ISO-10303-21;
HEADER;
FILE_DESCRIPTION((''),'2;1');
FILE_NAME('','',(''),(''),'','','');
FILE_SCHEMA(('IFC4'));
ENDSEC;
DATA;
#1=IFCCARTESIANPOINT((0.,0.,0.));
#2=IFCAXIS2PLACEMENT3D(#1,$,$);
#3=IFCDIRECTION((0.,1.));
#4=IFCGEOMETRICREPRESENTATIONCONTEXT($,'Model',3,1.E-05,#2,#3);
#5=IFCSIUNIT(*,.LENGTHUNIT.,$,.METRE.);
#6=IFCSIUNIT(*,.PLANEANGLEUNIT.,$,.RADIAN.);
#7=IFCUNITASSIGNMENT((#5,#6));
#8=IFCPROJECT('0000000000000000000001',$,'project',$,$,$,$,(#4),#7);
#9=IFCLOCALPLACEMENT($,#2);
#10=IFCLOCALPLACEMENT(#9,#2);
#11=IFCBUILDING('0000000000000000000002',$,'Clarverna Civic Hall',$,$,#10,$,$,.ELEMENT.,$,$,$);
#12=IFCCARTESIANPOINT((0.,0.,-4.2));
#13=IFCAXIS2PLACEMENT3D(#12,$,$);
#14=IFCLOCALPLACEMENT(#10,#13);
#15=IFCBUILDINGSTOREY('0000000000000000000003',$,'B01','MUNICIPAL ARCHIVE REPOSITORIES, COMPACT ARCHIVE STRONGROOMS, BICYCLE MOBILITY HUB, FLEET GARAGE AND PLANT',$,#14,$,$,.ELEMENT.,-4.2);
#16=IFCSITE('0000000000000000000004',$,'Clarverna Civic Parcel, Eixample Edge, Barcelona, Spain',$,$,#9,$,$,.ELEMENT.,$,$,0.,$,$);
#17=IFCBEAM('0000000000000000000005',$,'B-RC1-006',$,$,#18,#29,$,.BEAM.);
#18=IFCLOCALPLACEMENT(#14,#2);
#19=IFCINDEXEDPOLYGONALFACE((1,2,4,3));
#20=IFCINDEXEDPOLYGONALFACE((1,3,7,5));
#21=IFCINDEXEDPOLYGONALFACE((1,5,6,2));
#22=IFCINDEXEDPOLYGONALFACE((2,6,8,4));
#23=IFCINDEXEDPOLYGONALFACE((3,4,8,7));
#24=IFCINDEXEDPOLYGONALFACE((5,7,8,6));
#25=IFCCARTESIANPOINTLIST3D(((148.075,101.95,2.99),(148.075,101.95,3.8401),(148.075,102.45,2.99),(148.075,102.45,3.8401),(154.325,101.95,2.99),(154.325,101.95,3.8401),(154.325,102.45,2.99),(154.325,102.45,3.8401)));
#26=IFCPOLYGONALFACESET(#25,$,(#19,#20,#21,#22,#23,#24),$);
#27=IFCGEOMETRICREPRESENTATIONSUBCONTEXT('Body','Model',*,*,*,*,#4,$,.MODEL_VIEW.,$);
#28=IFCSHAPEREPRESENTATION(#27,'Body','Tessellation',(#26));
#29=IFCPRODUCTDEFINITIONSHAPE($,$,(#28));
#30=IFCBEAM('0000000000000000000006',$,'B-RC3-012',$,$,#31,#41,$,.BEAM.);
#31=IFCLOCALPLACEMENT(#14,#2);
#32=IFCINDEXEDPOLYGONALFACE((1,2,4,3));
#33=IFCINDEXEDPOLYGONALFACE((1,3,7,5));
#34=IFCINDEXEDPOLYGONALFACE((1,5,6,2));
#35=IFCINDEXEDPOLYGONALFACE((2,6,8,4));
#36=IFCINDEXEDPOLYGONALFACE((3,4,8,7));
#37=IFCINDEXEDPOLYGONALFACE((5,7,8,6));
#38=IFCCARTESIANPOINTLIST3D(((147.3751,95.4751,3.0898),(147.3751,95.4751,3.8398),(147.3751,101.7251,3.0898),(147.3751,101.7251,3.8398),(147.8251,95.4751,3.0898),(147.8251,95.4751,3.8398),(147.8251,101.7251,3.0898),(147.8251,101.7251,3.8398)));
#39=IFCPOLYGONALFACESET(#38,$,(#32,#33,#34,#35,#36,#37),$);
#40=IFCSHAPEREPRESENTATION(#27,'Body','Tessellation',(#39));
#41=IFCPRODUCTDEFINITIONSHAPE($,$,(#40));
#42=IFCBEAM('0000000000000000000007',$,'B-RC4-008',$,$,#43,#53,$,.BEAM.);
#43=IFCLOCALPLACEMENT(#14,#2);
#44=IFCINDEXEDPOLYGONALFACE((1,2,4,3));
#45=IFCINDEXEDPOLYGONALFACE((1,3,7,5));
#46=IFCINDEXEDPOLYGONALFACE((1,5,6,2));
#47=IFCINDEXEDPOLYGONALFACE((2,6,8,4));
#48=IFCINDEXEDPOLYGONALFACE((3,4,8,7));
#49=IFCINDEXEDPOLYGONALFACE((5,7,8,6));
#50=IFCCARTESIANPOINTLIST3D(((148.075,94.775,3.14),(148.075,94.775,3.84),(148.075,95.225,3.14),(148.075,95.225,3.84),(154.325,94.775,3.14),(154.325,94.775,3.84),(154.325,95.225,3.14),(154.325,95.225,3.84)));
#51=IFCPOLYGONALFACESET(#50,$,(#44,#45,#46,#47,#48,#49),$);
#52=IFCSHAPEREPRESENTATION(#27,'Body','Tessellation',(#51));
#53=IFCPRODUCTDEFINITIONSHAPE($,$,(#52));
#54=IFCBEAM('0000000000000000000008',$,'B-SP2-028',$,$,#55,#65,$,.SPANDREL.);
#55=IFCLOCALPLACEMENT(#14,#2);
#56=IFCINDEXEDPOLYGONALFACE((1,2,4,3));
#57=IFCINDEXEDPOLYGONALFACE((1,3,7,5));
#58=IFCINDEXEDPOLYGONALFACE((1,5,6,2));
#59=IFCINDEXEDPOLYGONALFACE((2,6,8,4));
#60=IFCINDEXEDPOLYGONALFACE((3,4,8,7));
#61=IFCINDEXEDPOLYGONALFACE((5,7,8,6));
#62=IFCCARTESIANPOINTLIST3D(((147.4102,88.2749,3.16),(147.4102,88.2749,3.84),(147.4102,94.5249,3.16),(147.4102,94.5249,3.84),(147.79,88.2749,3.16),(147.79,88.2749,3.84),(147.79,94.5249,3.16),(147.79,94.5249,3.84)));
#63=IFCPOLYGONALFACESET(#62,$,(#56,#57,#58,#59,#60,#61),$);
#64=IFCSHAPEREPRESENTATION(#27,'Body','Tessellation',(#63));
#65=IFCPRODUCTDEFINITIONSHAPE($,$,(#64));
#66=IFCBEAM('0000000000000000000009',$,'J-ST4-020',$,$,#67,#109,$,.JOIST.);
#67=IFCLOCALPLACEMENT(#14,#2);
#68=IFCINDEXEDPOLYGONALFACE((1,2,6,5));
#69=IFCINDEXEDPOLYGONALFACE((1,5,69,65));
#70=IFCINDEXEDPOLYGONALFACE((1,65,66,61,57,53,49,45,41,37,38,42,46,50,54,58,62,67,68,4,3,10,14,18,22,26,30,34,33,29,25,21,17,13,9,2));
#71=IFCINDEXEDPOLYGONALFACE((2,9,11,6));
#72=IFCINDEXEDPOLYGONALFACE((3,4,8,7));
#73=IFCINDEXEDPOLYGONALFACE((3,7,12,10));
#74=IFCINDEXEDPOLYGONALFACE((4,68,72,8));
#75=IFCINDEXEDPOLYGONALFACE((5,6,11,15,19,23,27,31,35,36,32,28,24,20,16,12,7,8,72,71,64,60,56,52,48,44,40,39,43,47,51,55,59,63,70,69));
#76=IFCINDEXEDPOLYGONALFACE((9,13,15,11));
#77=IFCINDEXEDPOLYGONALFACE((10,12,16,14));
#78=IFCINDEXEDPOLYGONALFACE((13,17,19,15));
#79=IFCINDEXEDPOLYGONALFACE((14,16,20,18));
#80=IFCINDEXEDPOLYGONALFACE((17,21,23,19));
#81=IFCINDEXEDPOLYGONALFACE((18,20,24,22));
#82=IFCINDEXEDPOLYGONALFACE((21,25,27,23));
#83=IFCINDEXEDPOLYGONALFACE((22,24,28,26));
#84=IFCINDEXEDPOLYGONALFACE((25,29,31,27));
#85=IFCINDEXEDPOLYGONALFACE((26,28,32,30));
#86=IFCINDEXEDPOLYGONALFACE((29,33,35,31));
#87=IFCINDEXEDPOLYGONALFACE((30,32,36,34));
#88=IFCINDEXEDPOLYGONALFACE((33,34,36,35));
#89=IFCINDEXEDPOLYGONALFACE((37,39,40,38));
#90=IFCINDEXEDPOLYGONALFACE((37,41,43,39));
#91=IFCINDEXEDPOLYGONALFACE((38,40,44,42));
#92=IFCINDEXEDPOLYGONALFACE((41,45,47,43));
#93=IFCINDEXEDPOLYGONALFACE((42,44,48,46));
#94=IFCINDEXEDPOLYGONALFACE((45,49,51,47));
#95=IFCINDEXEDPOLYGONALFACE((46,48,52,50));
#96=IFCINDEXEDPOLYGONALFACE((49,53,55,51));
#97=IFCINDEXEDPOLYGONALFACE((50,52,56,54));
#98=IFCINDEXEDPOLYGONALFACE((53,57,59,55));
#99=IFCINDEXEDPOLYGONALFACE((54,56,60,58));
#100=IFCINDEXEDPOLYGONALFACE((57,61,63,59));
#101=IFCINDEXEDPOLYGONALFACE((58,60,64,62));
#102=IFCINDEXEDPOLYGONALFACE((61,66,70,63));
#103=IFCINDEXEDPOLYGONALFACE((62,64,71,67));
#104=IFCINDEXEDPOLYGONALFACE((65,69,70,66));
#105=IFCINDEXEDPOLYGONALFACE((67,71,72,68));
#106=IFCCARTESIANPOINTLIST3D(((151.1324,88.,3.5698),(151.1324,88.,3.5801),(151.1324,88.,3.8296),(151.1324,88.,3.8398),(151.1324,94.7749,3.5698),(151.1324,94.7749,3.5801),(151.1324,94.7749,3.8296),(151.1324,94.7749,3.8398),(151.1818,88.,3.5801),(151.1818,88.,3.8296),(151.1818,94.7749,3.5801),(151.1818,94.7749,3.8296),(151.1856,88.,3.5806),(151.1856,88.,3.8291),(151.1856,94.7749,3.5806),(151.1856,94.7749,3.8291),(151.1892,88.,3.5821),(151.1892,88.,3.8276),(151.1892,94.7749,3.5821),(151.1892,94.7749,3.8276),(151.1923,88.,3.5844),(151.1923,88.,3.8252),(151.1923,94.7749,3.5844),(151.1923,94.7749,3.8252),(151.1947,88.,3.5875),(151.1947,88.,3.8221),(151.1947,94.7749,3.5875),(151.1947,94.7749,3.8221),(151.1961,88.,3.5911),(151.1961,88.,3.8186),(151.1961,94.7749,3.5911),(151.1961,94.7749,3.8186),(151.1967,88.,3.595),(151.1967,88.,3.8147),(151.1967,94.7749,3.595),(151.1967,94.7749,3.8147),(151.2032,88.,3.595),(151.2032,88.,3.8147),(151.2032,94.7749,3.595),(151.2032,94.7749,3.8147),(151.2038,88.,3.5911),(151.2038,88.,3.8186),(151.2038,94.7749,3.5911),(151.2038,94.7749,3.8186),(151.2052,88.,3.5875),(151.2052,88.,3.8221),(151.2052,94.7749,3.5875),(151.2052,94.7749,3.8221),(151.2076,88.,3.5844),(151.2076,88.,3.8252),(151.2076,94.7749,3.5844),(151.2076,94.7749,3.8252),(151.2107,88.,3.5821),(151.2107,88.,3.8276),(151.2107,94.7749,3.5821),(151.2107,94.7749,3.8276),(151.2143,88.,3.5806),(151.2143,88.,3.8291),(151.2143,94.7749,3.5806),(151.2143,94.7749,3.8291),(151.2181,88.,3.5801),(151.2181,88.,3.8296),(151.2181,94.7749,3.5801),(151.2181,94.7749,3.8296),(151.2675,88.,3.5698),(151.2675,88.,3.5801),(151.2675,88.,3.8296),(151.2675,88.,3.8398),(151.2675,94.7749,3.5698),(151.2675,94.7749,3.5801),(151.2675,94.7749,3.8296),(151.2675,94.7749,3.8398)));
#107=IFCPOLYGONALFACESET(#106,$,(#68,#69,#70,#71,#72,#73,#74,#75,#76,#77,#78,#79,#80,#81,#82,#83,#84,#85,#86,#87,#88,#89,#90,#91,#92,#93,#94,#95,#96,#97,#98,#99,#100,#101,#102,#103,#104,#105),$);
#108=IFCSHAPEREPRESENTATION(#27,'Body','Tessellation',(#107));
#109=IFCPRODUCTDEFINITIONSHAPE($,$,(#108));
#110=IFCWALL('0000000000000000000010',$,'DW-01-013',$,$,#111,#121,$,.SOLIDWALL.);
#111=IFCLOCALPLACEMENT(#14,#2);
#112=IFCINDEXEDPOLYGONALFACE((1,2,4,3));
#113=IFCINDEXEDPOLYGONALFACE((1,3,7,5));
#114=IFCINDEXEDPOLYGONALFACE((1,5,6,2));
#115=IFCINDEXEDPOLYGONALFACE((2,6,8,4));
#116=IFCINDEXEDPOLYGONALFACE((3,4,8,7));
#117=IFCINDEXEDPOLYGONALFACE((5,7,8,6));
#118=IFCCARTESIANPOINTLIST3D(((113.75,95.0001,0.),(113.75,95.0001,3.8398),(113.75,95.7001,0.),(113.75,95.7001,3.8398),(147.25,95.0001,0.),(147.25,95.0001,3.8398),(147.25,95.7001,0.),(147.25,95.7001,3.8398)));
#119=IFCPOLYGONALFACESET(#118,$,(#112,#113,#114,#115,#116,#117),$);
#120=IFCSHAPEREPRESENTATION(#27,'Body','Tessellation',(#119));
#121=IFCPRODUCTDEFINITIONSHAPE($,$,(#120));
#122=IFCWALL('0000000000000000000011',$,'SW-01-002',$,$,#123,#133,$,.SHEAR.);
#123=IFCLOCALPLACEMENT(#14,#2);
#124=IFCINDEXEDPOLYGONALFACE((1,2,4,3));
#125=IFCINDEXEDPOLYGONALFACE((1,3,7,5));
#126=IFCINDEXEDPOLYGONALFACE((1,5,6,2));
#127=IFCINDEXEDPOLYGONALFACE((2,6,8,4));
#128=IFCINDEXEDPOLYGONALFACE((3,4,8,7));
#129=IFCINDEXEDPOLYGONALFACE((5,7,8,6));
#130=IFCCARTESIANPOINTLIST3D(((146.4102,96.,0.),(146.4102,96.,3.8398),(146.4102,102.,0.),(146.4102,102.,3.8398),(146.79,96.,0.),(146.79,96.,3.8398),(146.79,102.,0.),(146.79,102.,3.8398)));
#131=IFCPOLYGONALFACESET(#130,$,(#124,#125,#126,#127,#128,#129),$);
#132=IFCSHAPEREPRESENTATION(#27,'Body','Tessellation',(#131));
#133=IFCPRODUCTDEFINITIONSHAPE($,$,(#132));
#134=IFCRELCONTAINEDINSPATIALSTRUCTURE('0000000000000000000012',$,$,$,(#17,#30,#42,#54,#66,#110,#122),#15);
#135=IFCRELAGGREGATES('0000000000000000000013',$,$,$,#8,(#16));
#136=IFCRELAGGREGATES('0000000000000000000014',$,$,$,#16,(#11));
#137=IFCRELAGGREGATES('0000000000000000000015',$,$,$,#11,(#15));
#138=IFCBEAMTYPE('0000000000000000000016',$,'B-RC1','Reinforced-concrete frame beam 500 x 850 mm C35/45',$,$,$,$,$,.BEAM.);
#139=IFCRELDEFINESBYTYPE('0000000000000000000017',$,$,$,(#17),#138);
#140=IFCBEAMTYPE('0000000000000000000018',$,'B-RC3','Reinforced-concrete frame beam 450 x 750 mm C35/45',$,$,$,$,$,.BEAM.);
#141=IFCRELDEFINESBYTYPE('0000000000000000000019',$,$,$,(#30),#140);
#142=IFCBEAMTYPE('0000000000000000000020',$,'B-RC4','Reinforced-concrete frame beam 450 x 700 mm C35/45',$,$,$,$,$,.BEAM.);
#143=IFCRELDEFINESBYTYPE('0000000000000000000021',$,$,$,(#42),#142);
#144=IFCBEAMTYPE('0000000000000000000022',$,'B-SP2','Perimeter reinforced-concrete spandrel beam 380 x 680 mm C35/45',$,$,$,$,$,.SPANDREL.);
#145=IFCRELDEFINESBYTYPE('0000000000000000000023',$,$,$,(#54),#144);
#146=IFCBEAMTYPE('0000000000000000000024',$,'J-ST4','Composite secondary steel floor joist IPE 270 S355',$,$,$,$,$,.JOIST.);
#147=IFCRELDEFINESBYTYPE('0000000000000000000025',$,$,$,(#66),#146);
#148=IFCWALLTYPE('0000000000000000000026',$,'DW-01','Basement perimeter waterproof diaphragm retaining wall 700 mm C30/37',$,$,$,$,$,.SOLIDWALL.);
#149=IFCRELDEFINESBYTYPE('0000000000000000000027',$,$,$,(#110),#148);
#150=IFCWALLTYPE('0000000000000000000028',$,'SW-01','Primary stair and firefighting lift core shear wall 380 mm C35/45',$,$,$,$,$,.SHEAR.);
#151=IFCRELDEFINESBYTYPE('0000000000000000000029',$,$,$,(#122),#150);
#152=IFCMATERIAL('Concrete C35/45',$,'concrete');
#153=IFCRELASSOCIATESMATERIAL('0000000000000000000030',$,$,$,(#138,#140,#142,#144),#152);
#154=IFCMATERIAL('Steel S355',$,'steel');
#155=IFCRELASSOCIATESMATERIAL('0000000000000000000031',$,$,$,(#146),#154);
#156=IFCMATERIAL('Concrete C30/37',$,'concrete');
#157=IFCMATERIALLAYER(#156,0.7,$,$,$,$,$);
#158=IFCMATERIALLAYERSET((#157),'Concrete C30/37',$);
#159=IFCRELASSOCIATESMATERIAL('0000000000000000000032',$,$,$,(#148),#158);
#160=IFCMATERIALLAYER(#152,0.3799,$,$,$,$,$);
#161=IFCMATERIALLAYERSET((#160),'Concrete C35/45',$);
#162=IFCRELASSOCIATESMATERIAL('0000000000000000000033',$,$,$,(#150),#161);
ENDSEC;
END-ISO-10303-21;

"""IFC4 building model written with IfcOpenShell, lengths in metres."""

from ifc_helpers import new_model, si_unit, direction, frame, frame_2d, origin, origin_2d, place, context, subcontext, project, spatial, rectangle, i_section, extrude, material, layer, layer_set, material_profile, profile_set, type_object, element, save


model = new_model("IFC4")

# Units and contexts
model_context = context("Model", 3, precision=1e-05, world=origin(), true_north=direction((0.0, 1.0)))
body_context = subcontext(model_context, "Body", "Model", "MODEL_VIEW")
ifc_project = project(units=[si_unit("LENGTHUNIT", "METRE"), si_unit("PLANEANGLEUNIT", "RADIAN")], contexts=[model_context])

# Site, building, storey
site_placement = place(None, origin())
site = spatial("IfcSite", under=ifc_project, at=site_placement, Name="Clarverna Civic Parcel, Eixample Edge, Barcelona, Spain", CompositionType="ELEMENT", RefElevation=0.0)
building_placement = place(site_placement, origin())
building = spatial("IfcBuilding", under=site, at=building_placement, Name="Clarverna Civic Hall", CompositionType="ELEMENT")
storey_placement = place(building_placement, frame((0.0, 0.0, -4.2)))
storey = spatial("IfcBuildingStorey", under=building, at=storey_placement, Name="B01", Description="MUNICIPAL ARCHIVE REPOSITORIES, COMPACT ARCHIVE STRONGROOMS, BICYCLE MOBILITY HUB, FLEET GARAGE AND PLANT", CompositionType="ELEMENT", Elevation=-4.2)

# Shared definitions
ifc_material_1 = material(Name="Concrete C30/37", Category="concrete")

# Beams
ifc_material_2 = material(Name="Concrete C35/45", Category="concrete")
ifc_material_profile_1 = material_profile(ifc_material_2, rectangle(XDim=0.5, YDim=0.8501, at=origin_2d()), Name="RC 500x850")
ifc_profile_set_1 = profile_set([ifc_material_profile_1], Name="Concrete C35/45")
beam_type_1 = type_object("IfcBeamType", Name="B-RC1", Description="Reinforced-concrete frame beam 500 x 850 mm C35/45", PredefinedType="BEAM", material=ifc_profile_set_1)
beam_1_placement = place(storey_placement, frame((148.075, 102.2, 3.415), z_axis=(1.0, 0.0, 0.0), x_axis=(0.0, 1.0, 0.0)))
element("IfcBeam", 1, at=beam_1_placement, inside=storey, type_object=beam_type_1, Name="B-RC1-006", PredefinedType="BEAM", context=body_context, shape_type="SweptSolid", body=[
    extrude(rectangle(XDim=0.5, YDim=0.8501, at=origin_2d()), origin(), (0.0, 0.0, 1.0), 6.25),
])
ifc_material_profile_2 = material_profile(ifc_material_2, rectangle(XDim=0.45, YDim=0.75, at=origin_2d()), Name="RC 450x750")
ifc_profile_set_2 = profile_set([ifc_material_profile_2], Name="Concrete C35/45")
beam_type_2 = type_object("IfcBeamType", Name="B-RC3", Description="Reinforced-concrete frame beam 450 x 750 mm C35/45", PredefinedType="BEAM", material=ifc_profile_set_2)
beam_2_placement = place(storey_placement, frame((147.6001, 95.4751, 3.4648), z_axis=(0.0, 1.0, 0.0), x_axis=(-1.0, 0.0, 0.0)))
element("IfcBeam", 2, at=beam_2_placement, inside=storey, type_object=beam_type_2, Name="B-RC3-012", PredefinedType="BEAM", context=body_context, shape_type="SweptSolid", body=[
    extrude(rectangle(XDim=0.45, YDim=0.75, at=origin_2d()), origin(), (0.0, 0.0, 1.0), 6.25),
])
ifc_material_profile_3 = material_profile(ifc_material_2, rectangle(XDim=0.45, YDim=0.7, at=origin_2d()), Name="RC 450x700")
ifc_profile_set_3 = profile_set([ifc_material_profile_3], Name="Concrete C35/45")
beam_type_3 = type_object("IfcBeamType", Name="B-RC4", Description="Reinforced-concrete frame beam 450 x 700 mm C35/45", PredefinedType="BEAM", material=ifc_profile_set_3)
beam_3_placement = place(storey_placement, frame((148.075, 95.0, 3.49), z_axis=(1.0, 0.0, 0.0), x_axis=(0.0, 1.0, 0.0)))
element("IfcBeam", 3, at=beam_3_placement, inside=storey, type_object=beam_type_3, Name="B-RC4-008", PredefinedType="BEAM", context=body_context, shape_type="SweptSolid", body=[
    extrude(rectangle(XDim=0.45, YDim=0.7, at=origin_2d()), origin(), (0.0, 0.0, 1.0), 6.25),
])
ifc_material_profile_4 = material_profile(ifc_material_2, rectangle(XDim=0.3799, YDim=0.6799, at=origin_2d()), Name="RC 380x680")
ifc_profile_set_4 = profile_set([ifc_material_profile_4], Name="Concrete C35/45")
beam_type_4 = type_object("IfcBeamType", Name="B-SP2", Description="Perimeter reinforced-concrete spandrel beam 380 x 680 mm C35/45", PredefinedType="SPANDREL", material=ifc_profile_set_4)
beam_4_placement = place(storey_placement, frame((147.6001, 88.2749, 3.5), z_axis=(0.0, 1.0, 0.0), x_axis=(-1.0, 0.0, 0.0)))
element("IfcBeam", 4, at=beam_4_placement, inside=storey, type_object=beam_type_4, Name="B-SP2-028", PredefinedType="SPANDREL", context=body_context, shape_type="SweptSolid", body=[
    extrude(rectangle(XDim=0.3799, YDim=0.6799, at=origin_2d()), origin(), (0.0, 0.0, 1.0), 6.25),
])
ifc_material_3 = material(Name="Steel S355", Category="steel")
ifc_material_profile_5 = material_profile(ifc_material_3, i_section(OverallWidth=0.135, OverallDepth=0.27, WebThickness=0.0066, FlangeThickness=0.0103, FilletRadius=0.0149, at=origin_2d()), Name="IPE 270")
ifc_profile_set_5 = profile_set([ifc_material_profile_5], Name="Steel S355")
beam_type_5 = type_object("IfcBeamType", Name="J-ST4", Description="Composite secondary steel floor joist IPE 270 S355", PredefinedType="JOIST", material=ifc_profile_set_5)
beam_5_placement = place(storey_placement, frame((151.2, 88.0, 3.7048), z_axis=(0.0, 1.0, 0.0), x_axis=(-1.0, 0.0, 0.0)))
element("IfcBeam", 5, at=beam_5_placement, inside=storey, type_object=beam_type_5, Name="J-ST4-020", PredefinedType="JOIST", context=body_context, shape_type="SweptSolid", body=[
    extrude(i_section(OverallWidth=0.135, OverallDepth=0.27, WebThickness=0.0066, FlangeThickness=0.0103, FilletRadius=0.0149, at=origin_2d()), origin(), (0.0, 0.0, 1.0), 6.7749),
])

# Walls
ifc_layer_1 = layer(ifc_material_1, 0.7)
ifc_layer_set_1 = layer_set([ifc_layer_1], Name="Concrete C30/37")
wall_type_1 = type_object("IfcWallType", Name="DW-01", Description="Basement perimeter waterproof diaphragm retaining wall 700 mm C30/37", PredefinedType="SOLIDWALL", material=ifc_layer_set_1)
wall_1_placement = place(storey_placement, frame((147.25, 95.3501, 0.0), z_axis=(0.0, 0.0, 1.0), x_axis=(-1.0, 0.0, 0.0)))
element("IfcWall", 6, at=wall_1_placement, inside=storey, type_object=wall_type_1, Name="DW-01-013", PredefinedType="SOLIDWALL", context=body_context, shape_type="SweptSolid", body=[
    extrude(rectangle(XDim=33.5, YDim=0.7, at=frame_2d((16.75, 0.0))), origin(), (0.0, 0.0, 1.0), 3.8398),
])
ifc_layer_2 = layer(ifc_material_2, 0.3799)
ifc_layer_set_2 = layer_set([ifc_layer_2], Name="Concrete C35/45")
wall_type_2 = type_object("IfcWallType", Name="SW-01", Description="Primary stair and firefighting lift core shear wall 380 mm C35/45", PredefinedType="SHEAR", material=ifc_layer_set_2)
wall_2_placement = place(storey_placement, frame((146.6001, 96.0, 0.0), z_axis=(0.0, 0.0, 1.0), x_axis=(0.0, 1.0, 0.0)))
element("IfcWall", 7, at=wall_2_placement, inside=storey, type_object=wall_type_2, Name="SW-01-002", PredefinedType="SHEAR", context=body_context, shape_type="SweptSolid", body=[
    extrude(rectangle(XDim=6.0, YDim=0.3799, at=frame_2d((3.0, 0.0))), origin(), (0.0, 0.0, 1.0), 3.8398),
])

save(model, "model.ifc")
